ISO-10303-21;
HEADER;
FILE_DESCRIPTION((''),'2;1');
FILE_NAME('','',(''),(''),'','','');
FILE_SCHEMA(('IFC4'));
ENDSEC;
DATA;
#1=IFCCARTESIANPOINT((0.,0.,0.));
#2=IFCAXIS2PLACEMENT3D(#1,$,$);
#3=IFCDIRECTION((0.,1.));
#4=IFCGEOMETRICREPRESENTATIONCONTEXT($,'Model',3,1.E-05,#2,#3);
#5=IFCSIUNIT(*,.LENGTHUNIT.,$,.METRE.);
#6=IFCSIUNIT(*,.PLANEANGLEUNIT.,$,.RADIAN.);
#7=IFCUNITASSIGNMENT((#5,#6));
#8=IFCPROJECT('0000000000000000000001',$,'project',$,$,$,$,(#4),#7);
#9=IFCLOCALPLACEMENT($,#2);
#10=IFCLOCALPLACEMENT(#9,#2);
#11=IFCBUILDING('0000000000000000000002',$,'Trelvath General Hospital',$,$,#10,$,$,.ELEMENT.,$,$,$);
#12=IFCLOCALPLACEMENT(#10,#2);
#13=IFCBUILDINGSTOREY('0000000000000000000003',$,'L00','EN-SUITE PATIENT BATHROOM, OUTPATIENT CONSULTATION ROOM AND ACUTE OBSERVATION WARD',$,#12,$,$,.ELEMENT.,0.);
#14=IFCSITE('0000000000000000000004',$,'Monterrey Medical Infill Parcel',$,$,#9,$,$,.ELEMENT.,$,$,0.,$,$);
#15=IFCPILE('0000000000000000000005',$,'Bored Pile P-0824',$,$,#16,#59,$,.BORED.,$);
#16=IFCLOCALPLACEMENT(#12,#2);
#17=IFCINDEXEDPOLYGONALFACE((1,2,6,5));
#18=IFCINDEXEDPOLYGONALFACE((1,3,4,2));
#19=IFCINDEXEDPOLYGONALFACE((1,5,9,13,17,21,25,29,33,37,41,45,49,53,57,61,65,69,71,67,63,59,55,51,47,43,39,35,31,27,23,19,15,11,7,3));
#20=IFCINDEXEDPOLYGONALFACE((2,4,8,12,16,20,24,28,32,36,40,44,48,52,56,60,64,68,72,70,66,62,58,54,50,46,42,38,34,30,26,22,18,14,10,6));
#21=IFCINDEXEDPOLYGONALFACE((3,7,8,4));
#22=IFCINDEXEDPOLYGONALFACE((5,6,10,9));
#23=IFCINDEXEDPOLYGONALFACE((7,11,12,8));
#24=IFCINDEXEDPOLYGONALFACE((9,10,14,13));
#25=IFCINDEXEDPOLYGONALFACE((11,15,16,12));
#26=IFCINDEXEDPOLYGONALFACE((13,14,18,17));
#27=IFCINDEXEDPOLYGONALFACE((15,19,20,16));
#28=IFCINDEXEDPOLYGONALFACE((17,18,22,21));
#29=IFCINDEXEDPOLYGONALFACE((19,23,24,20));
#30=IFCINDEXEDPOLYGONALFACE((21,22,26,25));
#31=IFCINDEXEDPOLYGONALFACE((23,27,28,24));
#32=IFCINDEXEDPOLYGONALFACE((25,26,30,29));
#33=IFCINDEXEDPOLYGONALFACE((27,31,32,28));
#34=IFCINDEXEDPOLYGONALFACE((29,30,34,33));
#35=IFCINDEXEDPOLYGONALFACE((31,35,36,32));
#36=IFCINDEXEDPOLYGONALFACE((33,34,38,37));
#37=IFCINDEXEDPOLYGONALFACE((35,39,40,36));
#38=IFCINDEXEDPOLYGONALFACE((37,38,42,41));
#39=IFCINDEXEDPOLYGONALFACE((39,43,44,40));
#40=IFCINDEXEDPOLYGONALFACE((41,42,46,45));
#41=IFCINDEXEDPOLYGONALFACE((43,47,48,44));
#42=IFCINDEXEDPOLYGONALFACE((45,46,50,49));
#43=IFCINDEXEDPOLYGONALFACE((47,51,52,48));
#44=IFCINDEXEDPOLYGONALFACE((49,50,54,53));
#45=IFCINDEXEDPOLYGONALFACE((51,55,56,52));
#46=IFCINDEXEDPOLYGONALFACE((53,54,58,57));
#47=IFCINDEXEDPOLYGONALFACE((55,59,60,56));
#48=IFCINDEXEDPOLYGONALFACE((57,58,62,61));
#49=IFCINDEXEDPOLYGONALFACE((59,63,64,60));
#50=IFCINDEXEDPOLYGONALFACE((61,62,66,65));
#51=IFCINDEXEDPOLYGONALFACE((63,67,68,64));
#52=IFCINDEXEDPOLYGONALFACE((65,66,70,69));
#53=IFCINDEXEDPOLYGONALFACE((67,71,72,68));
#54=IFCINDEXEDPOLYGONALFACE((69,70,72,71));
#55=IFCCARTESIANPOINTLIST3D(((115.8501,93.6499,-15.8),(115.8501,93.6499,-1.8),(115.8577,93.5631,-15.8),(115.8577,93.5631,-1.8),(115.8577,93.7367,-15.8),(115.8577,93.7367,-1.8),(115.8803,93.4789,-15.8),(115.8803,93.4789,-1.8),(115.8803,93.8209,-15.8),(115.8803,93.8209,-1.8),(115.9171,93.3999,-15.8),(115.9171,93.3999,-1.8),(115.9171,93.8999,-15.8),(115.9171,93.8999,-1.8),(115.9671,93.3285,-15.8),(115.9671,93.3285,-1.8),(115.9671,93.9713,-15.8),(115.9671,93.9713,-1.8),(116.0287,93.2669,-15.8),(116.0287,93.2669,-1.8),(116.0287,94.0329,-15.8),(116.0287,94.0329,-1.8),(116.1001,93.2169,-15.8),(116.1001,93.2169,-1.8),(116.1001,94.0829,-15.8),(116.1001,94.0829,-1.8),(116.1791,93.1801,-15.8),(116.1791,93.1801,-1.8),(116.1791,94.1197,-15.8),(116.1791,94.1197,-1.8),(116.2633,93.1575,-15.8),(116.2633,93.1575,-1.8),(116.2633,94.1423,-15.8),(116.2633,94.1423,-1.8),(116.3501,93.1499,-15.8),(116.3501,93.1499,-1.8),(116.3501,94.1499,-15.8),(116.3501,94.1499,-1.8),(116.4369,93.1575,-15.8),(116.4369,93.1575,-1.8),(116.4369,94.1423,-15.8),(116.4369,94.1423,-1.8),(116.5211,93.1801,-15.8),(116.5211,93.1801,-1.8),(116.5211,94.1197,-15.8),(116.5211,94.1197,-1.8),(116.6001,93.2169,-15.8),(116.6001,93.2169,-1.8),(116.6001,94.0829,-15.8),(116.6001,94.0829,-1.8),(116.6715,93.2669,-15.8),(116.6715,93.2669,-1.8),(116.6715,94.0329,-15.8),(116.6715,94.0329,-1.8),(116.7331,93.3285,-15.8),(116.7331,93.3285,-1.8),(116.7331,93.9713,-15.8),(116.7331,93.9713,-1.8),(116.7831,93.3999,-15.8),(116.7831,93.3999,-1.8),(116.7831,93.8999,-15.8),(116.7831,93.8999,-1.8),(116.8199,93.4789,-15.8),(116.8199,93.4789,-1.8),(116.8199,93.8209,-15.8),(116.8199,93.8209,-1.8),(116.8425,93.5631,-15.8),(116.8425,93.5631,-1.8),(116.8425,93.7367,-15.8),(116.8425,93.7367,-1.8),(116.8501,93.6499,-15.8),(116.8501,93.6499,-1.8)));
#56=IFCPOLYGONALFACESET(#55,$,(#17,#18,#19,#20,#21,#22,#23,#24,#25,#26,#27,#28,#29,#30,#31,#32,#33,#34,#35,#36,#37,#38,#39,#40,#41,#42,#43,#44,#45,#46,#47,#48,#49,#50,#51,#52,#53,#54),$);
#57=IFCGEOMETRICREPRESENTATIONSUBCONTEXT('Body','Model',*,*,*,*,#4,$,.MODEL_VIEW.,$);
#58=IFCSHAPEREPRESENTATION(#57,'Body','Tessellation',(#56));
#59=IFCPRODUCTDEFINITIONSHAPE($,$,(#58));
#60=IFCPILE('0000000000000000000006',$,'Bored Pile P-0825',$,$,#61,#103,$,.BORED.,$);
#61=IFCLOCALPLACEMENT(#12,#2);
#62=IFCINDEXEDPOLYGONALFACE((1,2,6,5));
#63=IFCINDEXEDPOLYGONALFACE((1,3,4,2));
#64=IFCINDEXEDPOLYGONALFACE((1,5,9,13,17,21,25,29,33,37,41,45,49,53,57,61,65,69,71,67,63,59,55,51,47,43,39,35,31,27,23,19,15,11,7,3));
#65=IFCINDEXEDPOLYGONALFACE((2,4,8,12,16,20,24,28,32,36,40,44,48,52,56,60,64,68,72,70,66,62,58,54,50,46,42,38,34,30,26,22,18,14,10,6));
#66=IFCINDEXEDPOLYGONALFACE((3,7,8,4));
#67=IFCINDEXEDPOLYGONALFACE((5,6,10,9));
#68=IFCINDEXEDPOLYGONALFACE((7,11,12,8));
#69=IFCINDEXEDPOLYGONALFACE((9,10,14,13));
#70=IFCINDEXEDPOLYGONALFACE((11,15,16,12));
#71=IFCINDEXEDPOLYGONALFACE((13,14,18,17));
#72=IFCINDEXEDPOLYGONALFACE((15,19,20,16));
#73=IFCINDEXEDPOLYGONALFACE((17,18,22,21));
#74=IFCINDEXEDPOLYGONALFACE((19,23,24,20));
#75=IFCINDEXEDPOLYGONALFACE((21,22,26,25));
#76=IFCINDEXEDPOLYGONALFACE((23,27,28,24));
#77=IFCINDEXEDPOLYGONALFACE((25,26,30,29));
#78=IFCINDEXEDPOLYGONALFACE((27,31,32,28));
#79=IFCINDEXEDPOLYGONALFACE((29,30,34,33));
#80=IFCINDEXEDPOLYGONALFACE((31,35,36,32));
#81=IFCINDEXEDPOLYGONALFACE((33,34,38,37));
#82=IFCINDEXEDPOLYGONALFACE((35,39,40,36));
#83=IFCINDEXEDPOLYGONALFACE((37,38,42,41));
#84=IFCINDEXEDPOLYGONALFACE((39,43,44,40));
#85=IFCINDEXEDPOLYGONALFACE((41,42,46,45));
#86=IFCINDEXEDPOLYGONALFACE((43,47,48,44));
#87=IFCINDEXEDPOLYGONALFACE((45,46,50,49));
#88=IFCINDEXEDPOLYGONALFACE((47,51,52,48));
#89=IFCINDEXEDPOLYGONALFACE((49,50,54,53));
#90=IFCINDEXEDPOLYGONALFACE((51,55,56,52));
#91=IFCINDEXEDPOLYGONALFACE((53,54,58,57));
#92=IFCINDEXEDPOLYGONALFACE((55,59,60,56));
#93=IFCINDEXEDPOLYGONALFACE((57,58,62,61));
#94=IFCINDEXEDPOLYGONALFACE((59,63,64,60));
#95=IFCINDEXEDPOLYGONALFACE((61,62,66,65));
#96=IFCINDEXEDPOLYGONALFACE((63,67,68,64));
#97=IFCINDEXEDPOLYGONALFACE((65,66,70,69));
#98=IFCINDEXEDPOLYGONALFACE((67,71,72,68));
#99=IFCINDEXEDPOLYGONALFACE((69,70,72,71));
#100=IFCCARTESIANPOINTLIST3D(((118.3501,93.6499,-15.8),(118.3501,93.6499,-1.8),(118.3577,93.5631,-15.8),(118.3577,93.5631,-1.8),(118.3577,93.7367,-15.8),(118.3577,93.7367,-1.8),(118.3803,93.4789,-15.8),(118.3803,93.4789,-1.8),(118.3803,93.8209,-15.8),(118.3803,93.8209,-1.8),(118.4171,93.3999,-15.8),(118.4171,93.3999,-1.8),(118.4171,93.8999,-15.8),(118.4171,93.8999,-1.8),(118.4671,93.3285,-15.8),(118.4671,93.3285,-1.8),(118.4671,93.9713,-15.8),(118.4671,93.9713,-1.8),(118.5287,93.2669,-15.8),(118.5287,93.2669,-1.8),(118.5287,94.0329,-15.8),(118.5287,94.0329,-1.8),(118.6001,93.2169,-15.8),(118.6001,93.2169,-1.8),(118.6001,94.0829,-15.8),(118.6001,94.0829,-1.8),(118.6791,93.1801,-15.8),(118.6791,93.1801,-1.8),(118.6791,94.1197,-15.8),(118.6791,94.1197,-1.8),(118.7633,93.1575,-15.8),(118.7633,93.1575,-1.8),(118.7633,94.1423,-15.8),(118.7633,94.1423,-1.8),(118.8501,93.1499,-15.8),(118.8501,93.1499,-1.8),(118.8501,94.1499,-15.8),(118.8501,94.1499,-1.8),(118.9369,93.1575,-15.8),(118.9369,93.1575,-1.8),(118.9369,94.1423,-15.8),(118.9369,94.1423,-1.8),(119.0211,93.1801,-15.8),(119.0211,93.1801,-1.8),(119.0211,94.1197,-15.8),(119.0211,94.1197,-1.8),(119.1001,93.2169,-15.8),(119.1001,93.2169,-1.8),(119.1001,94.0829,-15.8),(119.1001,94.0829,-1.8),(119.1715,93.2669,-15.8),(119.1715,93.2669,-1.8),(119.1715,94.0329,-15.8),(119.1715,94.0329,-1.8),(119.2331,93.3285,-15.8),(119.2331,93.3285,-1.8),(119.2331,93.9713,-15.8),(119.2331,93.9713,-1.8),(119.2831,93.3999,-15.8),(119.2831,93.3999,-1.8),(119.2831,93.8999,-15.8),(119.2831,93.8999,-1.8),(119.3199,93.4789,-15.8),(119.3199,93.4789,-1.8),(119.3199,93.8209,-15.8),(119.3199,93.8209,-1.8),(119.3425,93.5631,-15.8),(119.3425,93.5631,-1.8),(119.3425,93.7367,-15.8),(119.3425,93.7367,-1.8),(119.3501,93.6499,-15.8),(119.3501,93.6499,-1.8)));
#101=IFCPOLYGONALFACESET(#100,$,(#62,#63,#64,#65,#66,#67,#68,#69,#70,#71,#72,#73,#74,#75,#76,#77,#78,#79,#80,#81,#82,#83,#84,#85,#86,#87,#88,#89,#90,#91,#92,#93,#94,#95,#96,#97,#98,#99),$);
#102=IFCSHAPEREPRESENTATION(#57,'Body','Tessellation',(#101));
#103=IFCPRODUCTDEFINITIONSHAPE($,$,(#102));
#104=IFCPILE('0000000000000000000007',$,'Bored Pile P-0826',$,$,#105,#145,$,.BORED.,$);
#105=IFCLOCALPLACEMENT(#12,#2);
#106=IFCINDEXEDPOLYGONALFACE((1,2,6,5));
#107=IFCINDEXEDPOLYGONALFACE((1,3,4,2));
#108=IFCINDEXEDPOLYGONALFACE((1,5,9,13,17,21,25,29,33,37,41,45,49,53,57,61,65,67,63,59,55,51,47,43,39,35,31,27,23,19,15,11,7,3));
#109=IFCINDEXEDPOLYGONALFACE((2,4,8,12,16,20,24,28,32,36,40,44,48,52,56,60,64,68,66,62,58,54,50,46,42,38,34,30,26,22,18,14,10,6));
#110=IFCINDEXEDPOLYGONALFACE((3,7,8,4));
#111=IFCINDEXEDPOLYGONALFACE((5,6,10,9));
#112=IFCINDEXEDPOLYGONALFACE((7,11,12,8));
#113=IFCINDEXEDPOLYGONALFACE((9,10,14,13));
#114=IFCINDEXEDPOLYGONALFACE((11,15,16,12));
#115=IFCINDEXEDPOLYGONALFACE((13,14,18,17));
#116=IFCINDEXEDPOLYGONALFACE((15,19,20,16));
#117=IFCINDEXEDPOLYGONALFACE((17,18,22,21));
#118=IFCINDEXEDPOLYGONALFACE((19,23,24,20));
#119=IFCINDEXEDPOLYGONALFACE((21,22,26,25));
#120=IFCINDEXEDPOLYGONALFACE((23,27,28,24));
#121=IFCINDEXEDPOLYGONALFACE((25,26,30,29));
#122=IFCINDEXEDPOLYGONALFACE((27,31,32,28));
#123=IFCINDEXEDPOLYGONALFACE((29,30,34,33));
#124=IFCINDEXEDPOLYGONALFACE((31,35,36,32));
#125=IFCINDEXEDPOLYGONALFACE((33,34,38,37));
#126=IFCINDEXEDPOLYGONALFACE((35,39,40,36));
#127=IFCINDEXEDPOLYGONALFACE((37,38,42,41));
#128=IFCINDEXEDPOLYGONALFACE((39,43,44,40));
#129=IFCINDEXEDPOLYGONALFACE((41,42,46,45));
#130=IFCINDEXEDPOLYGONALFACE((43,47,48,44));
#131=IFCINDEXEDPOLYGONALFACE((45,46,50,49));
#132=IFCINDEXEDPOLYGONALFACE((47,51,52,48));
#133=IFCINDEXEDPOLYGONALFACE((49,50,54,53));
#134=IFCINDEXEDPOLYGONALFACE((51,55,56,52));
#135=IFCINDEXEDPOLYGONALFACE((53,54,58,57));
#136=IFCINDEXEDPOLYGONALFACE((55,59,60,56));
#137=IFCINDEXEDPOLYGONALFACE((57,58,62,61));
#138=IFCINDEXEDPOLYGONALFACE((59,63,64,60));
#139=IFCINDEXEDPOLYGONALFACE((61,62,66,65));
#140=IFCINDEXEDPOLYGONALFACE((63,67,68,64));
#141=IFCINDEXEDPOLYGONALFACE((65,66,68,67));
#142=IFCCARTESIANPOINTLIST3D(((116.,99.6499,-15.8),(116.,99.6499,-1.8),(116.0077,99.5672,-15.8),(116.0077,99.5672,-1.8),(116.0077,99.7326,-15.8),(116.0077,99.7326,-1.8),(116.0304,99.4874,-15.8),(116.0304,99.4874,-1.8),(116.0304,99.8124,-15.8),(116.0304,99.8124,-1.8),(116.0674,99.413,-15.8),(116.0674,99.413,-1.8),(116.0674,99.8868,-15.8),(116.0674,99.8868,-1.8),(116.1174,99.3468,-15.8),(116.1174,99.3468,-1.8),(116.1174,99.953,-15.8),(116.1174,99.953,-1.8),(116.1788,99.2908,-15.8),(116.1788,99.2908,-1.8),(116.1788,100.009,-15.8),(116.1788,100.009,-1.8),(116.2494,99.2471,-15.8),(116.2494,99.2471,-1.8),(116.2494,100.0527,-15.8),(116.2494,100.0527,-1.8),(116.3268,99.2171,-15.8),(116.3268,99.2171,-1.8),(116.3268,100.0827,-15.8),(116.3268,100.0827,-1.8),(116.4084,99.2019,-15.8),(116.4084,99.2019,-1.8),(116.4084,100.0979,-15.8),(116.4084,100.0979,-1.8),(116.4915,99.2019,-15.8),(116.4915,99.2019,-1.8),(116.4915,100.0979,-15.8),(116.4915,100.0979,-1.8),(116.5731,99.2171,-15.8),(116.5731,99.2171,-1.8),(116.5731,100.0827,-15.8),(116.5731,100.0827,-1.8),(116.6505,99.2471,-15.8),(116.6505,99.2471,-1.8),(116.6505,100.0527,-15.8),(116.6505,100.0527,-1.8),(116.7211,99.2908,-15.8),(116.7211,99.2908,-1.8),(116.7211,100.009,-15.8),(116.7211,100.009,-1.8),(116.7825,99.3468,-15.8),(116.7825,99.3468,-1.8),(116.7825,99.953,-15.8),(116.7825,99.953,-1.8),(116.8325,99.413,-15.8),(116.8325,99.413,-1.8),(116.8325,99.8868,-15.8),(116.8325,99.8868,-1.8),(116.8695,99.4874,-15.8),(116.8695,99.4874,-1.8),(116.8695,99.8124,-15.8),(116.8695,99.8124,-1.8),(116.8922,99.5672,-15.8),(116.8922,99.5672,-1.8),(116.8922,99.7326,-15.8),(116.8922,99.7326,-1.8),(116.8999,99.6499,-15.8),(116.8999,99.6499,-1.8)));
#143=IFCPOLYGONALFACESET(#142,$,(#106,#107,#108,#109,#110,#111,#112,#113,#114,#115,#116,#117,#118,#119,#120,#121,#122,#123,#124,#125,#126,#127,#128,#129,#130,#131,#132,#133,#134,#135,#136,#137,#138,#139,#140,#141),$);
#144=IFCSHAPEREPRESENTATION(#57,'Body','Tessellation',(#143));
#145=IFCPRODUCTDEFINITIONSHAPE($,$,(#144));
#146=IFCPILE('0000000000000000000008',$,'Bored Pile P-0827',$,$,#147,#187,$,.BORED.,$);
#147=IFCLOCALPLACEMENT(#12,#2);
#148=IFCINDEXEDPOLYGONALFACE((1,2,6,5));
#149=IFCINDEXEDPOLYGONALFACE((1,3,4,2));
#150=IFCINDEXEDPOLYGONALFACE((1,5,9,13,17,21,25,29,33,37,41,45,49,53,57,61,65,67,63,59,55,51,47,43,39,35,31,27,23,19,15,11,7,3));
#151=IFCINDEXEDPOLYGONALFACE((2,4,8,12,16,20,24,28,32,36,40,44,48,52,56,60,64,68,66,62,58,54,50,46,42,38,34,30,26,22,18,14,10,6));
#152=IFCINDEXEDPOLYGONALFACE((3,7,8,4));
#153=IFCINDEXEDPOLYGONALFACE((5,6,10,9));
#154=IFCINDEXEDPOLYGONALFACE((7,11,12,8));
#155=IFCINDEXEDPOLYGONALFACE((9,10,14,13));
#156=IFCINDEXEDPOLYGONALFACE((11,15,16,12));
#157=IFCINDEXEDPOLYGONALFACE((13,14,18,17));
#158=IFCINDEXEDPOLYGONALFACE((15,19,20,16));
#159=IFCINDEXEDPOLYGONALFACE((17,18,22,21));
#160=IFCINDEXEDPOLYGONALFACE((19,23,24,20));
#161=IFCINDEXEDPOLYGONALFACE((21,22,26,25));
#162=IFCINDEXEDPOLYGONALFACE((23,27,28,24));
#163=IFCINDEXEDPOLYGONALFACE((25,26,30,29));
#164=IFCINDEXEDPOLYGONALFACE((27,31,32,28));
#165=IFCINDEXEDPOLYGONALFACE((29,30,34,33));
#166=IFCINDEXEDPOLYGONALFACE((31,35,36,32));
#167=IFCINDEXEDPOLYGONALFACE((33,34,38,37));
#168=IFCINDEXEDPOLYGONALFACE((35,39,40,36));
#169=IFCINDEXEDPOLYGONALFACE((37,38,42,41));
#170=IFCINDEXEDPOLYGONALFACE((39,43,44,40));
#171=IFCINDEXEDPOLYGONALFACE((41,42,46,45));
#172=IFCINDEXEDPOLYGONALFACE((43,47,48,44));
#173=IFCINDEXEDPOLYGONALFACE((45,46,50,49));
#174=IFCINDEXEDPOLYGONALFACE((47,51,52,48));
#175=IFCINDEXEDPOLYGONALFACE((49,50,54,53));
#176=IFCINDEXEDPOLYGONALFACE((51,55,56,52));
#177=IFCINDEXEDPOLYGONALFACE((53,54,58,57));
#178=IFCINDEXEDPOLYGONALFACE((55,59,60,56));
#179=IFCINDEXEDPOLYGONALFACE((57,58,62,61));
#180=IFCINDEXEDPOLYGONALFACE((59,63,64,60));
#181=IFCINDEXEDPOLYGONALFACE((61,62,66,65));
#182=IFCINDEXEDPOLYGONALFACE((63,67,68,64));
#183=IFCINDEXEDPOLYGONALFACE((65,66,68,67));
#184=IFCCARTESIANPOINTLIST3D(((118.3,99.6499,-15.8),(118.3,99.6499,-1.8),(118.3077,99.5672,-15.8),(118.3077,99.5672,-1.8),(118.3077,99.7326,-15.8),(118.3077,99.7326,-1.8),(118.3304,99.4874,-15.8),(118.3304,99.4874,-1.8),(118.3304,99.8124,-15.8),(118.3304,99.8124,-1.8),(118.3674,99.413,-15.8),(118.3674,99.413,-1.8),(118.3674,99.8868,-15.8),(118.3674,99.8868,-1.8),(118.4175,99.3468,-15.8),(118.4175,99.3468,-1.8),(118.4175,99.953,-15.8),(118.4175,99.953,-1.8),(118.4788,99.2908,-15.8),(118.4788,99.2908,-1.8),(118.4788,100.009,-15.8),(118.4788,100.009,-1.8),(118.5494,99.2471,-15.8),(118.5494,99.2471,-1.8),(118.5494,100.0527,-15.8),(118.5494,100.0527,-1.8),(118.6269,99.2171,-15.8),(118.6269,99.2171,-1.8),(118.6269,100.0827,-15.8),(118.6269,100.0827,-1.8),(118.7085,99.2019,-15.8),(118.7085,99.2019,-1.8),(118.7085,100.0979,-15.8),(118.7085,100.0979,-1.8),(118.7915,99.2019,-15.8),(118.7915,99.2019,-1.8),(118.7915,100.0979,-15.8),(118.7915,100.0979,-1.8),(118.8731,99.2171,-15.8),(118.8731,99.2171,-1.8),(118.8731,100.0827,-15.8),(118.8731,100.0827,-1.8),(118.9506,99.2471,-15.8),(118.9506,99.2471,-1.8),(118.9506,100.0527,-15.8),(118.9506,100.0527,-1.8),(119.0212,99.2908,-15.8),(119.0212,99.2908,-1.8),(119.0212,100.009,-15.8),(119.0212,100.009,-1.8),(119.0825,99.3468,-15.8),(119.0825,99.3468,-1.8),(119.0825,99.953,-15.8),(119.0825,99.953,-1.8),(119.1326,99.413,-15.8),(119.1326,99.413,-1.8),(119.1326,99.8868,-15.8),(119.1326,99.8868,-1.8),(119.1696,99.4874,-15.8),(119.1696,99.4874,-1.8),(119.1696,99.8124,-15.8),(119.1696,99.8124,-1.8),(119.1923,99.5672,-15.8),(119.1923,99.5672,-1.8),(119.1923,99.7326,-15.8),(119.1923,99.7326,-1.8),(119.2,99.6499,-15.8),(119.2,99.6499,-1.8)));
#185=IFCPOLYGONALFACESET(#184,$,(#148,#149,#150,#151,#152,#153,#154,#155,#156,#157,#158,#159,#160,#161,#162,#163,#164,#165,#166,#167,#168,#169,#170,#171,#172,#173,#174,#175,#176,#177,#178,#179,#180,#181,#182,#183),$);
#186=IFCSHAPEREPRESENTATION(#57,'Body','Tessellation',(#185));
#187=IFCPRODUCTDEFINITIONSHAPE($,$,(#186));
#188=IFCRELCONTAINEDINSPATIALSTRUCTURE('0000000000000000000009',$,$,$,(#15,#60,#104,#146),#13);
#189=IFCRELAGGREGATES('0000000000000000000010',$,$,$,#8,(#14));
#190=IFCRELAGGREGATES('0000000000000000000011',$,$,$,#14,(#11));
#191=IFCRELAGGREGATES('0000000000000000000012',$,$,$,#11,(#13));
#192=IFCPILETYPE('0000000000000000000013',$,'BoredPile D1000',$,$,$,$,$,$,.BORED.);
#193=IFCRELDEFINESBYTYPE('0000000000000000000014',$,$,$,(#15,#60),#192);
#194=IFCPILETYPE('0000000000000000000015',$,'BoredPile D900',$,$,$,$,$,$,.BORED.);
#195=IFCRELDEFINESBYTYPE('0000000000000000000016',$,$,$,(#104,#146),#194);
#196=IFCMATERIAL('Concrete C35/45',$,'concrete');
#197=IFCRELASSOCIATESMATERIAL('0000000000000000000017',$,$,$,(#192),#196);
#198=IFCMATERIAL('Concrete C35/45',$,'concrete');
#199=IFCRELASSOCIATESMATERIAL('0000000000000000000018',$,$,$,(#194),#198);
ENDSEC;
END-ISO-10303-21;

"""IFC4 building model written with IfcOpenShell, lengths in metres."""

from ifc_helpers import new_model, si_unit, direction, frame, origin, origin_2d, place, context, subcontext, project, spatial, circle, extrude, material, material_profile, profile_set, type_object, element, save


model = new_model("IFC4")

# Units and contexts
model_context = context("Model", 3, precision=1e-05, world=origin(), true_north=direction((0.0, 1.0)))
body_context = subcontext(model_context, "Body", "Model", "MODEL_VIEW")
ifc_project = project(units=[si_unit("LENGTHUNIT", "METRE"), si_unit("PLANEANGLEUNIT", "RADIAN")], contexts=[model_context])

# Site, building, storey
site_placement = place(None, origin())
site = spatial("IfcSite", under=ifc_project, at=site_placement, Name="Monterrey Medical Infill Parcel", CompositionType="ELEMENT", RefElevation=0.0)
building_placement = place(site_placement, origin())
building = spatial("IfcBuilding", under=site, at=building_placement, Name="Trelvath General Hospital", CompositionType="ELEMENT")
storey_placement = place(building_placement, origin())
storey = spatial("IfcBuildingStorey", under=building, at=storey_placement, Name="L00", Description="EN-SUITE PATIENT BATHROOM, OUTPATIENT CONSULTATION ROOM AND ACUTE OBSERVATION WARD", CompositionType="ELEMENT", Elevation=0.0)

# Piles
ifc_material_1 = material(Name="Concrete C35/45", Category="concrete")
ifc_material_profile_1 = material_profile(ifc_material_1, circle(Radius=0.5, at=origin_2d()), Name="PILE1000")
ifc_profile_set_1 = profile_set([ifc_material_profile_1], Name="Concrete C35/45")
pile_type_1 = type_object("IfcPileType", Name="BoredPile D1000", PredefinedType="BORED", material=ifc_profile_set_1)
for number, where, z_axis, x_axis, name in (
    (1, (116.3501, 93.6499, -1.8), (0.0, 0.0, -1.0), (1.0, 0.0, 0.0), "Bored Pile P-0824"),
    (2, (118.8501, 93.6499, -1.8), (0.0, 0.0, -1.0), (1.0, 0.0, 0.0), "Bored Pile P-0825"),
):
    element("IfcPile", number, at=place(storey_placement, frame(where, z_axis=z_axis, x_axis=x_axis)), inside=storey, type_object=pile_type_1, Name=name, PredefinedType="BORED", context=body_context, shape_type="SweptSolid", body=[
        extrude(circle(Radius=0.5, at=origin_2d()), origin(), (0.0, 0.0, 1.0), 14.0),
    ])
ifc_material_2 = material(Name="Concrete C35/45", Category="concrete")
ifc_material_profile_2 = material_profile(ifc_material_2, circle(Radius=0.45, at=origin_2d()), Name="PILE900")
ifc_profile_set_2 = profile_set([ifc_material_profile_2], Name="Concrete C35/45")
pile_type_2 = type_object("IfcPileType", Name="BoredPile D900", PredefinedType="BORED", material=ifc_profile_set_2)
for number, where, z_axis, x_axis, name in (
    (3, (116.45, 99.6499, -1.8), (0.0, 0.0, -1.0), (1.0, 0.0, 0.0), "Bored Pile P-0826"),
    (4, (118.75, 99.6499, -1.8), (0.0, 0.0, -1.0), (1.0, 0.0, 0.0), "Bored Pile P-0827"),
):
    element("IfcPile", number, at=place(storey_placement, frame(where, z_axis=z_axis, x_axis=x_axis)), inside=storey, type_object=pile_type_2, Name=name, PredefinedType="BORED", context=body_context, shape_type="SweptSolid", body=[
        extrude(circle(Radius=0.45, at=origin_2d()), origin(), (0.0, 0.0, 1.0), 14.0),
    ])

save(model, "model.ifc")
